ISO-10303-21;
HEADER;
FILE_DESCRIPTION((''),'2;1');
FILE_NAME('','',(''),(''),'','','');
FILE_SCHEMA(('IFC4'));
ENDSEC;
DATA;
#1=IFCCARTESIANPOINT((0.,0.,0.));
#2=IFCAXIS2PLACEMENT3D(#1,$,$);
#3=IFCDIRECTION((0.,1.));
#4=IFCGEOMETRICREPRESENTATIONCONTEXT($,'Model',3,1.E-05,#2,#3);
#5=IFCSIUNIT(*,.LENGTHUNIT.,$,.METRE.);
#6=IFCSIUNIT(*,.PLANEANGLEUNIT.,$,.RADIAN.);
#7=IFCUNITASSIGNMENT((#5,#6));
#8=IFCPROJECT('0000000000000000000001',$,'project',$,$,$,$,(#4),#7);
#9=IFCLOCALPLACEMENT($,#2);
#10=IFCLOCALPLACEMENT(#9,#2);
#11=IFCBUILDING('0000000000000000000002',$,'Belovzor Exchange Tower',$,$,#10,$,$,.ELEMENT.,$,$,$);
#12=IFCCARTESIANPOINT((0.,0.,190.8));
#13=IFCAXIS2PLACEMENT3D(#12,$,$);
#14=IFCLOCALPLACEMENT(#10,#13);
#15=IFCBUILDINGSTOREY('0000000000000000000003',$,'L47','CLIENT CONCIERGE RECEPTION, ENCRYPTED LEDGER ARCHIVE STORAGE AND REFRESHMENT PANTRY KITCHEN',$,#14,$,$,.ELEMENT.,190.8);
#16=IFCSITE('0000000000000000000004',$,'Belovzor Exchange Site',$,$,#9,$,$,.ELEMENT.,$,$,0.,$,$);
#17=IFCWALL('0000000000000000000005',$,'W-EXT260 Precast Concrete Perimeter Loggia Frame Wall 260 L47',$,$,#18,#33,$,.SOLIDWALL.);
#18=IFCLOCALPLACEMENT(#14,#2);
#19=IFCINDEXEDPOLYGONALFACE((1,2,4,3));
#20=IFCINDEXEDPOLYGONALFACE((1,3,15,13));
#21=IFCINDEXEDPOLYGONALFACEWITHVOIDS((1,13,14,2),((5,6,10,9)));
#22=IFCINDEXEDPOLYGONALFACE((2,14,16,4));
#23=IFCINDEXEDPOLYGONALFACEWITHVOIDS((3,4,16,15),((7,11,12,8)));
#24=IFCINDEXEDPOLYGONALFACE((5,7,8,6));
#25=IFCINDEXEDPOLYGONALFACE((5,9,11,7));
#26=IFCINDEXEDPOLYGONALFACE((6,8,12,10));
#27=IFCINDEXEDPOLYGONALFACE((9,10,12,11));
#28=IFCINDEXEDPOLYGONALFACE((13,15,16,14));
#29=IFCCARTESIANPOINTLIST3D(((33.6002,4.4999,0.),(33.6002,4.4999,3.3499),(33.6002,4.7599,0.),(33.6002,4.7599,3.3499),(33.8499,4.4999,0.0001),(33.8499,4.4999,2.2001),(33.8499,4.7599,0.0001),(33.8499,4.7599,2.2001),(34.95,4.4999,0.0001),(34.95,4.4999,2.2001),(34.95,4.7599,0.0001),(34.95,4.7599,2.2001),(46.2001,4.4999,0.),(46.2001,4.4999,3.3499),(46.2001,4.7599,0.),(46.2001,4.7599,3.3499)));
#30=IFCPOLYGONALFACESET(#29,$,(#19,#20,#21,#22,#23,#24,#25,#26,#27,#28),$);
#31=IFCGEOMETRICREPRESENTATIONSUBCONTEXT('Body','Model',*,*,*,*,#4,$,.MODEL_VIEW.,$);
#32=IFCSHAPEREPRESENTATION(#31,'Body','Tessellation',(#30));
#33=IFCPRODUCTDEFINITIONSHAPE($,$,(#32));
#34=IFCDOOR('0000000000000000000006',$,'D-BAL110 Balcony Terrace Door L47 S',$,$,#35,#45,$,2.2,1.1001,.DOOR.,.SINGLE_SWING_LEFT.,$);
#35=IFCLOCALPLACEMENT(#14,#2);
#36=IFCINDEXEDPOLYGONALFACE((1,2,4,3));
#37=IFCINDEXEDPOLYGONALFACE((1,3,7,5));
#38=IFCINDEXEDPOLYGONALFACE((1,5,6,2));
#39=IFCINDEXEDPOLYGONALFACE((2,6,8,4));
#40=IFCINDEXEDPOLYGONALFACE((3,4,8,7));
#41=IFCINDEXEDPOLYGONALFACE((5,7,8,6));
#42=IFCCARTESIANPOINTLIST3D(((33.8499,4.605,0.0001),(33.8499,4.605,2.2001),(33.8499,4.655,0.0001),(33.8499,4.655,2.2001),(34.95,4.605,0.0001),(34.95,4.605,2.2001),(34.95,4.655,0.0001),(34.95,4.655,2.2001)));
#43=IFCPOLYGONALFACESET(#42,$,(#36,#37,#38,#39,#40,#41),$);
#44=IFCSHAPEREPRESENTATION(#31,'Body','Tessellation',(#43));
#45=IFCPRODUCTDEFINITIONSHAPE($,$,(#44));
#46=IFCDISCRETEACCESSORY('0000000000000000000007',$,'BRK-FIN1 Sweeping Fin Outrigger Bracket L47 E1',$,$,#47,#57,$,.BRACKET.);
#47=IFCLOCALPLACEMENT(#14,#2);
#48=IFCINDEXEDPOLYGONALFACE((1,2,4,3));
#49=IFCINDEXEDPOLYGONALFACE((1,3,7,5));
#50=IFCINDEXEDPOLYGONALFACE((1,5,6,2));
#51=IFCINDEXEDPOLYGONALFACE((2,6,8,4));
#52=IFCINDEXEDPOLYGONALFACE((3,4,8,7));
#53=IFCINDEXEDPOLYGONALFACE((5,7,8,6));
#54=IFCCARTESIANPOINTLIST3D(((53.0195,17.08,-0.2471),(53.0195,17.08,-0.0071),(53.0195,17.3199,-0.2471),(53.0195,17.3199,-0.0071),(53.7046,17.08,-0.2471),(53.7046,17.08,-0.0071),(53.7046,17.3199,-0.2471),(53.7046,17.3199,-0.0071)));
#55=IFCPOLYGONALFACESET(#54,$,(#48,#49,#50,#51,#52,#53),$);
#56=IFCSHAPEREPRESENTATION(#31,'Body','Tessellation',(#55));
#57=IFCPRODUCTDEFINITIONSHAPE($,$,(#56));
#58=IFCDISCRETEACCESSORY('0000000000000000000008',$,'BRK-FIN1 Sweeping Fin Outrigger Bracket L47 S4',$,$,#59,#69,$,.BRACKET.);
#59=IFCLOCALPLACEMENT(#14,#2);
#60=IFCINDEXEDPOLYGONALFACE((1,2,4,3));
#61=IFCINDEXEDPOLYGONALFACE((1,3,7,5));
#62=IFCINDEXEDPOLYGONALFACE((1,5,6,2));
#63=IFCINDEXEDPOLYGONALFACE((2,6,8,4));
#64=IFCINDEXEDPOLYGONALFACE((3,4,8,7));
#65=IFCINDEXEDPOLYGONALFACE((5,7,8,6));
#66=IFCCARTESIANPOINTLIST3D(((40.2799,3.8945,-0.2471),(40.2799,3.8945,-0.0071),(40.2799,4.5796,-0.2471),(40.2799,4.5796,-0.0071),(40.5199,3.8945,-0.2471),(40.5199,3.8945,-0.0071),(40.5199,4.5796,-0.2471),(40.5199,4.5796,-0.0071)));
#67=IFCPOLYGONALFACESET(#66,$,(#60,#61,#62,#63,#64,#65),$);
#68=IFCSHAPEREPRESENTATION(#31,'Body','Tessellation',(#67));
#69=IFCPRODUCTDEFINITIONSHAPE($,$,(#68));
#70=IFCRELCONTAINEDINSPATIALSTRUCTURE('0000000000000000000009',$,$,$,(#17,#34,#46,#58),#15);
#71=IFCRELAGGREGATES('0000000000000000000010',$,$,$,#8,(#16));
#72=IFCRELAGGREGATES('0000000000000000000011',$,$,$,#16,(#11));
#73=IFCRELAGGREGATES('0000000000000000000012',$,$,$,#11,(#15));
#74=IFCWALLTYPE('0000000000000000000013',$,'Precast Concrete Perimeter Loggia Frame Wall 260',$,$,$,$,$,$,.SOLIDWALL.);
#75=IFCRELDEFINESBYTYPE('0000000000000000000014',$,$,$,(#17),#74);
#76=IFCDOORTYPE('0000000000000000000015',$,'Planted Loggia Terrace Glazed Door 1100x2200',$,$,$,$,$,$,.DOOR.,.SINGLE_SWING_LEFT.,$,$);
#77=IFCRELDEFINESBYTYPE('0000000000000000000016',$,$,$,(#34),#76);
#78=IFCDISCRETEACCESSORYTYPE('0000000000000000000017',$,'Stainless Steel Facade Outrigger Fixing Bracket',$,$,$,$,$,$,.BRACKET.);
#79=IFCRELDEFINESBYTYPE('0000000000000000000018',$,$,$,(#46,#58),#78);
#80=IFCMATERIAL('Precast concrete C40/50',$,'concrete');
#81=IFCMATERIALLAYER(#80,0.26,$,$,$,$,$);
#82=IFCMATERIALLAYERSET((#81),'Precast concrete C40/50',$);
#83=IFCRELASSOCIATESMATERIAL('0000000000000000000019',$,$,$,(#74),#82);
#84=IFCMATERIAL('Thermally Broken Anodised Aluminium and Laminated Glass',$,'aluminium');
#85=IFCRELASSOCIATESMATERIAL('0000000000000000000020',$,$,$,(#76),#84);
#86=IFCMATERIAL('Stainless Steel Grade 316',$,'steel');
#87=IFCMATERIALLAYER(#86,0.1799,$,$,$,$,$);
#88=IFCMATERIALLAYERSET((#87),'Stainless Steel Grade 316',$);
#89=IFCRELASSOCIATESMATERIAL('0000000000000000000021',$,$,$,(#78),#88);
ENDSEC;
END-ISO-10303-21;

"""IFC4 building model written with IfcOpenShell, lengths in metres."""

from ifc_helpers import new_model, si_unit, direction, frame, frame_2d, origin, origin_2d, place, context, subcontext, project, spatial, rectangle, extrude, material, layer, layer_set, type_object, element, fill, save


model = new_model("IFC4")

# Units and contexts
model_context = context("Model", 3, precision=1e-05, world=origin(), true_north=direction((0.0, 1.0)))
body_context = subcontext(model_context, "Body", "Model", "MODEL_VIEW")
ifc_project = project(units=[si_unit("LENGTHUNIT", "METRE"), si_unit("PLANEANGLEUNIT", "RADIAN")], contexts=[model_context])

# Site, building, storey
site_placement = place(None, origin())
site = spatial("IfcSite", under=ifc_project, at=site_placement, Name="Belovzor Exchange Site", CompositionType="ELEMENT", RefElevation=0.0)
building_placement = place(site_placement, origin())
building = spatial("IfcBuilding", under=site, at=building_placement, Name="Belovzor Exchange Tower", CompositionType="ELEMENT")
storey_placement = place(building_placement, frame((0.0, 0.0, 190.8)))
storey = spatial("IfcBuildingStorey", under=building, at=storey_placement, Name="L47", Description="CLIENT CONCIERGE RECEPTION, ENCRYPTED LEDGER ARCHIVE STORAGE AND REFRESHMENT PANTRY KITCHEN", CompositionType="ELEMENT", Elevation=190.8)

# Wall, opening, door
ifc_material_1 = material(Name="Precast concrete C40/50", Category="concrete")
ifc_layer_1 = layer(ifc_material_1, 0.26)
ifc_layer_set_1 = layer_set([ifc_layer_1], Name="Precast concrete C40/50")
wall_type_1 = type_object("IfcWallType", Name="Precast Concrete Perimeter Loggia Frame Wall 260", PredefinedType="SOLIDWALL", material=ifc_layer_set_1)
wall_1_placement = place(storey_placement, frame((46.2, 4.6299, 0.0), z_axis=(0.0, 0.0, 1.0), x_axis=(-1.0, 0.0, 0.0)))
wall_1 = element("IfcWall", 1, at=wall_1_placement, inside=storey, type_object=wall_type_1, Name="W-EXT260 Precast Concrete Perimeter Loggia Frame Wall 260 L47", PredefinedType="SOLIDWALL", context=body_context, shape_type="SweptSolid", body=[
    extrude(rectangle(XDim=12.5999, YDim=0.26, at=frame_2d((6.2998, 0.0))), origin(), (0.0, 0.0, 1.0), 3.3499),
])
opening_1_placement = place(wall_1_placement, frame((11.25, 0.0, 0.0)))
opening_1 = element("IfcOpeningElement", 2, at=opening_1_placement, cuts=wall_1, PredefinedType="OPENING", context=body_context, shape_type="SweptSolid", body=[
    extrude(rectangle(XDim=1.1001, YDim=2.2, at=frame_2d((0.55, 1.1001))), frame((0.0, 0.1399, 0.0), z_axis=(0.0, -1.0, 0.0), x_axis=(1.0, 0.0, 0.0)), (0.0, 0.0, 1.0), 0.28),
])
ifc_material_2 = material(Name="Thermally Broken Anodised Aluminium and Laminated Glass", Category="aluminium")
door_type = type_object("IfcDoorType", Name="Planted Loggia Terrace Glazed Door 1100x2200", OperationType="SINGLE_SWING_LEFT", PredefinedType="DOOR", material=ifc_material_2)
door_placement = place(opening_1_placement, origin())
door = element("IfcDoor", 3, at=door_placement, inside=storey, type_object=door_type, Name="D-BAL110 Balcony Terrace Door L47 S", OperationType="SINGLE_SWING_LEFT", OverallHeight=2.2, OverallWidth=1.1001, PredefinedType="DOOR", context=body_context, shape_type="SweptSolid", body=[
    extrude(rectangle(XDim=1.1001, YDim=2.2, at=frame_2d((0.55, 1.1001))), frame((0.0, 0.0249, 0.0), z_axis=(0.0, -1.0, 0.0), x_axis=(1.0, 0.0, 0.0)), (0.0, 0.0, 1.0), 0.05),
])
fill(opening_1, door)

# Discrete accessories
ifc_material_3 = material(Name="Stainless Steel Grade 316", Category="steel")
ifc_layer_2 = layer(ifc_material_3, 0.1799)
ifc_layer_set_2 = layer_set([ifc_layer_2], Name="Stainless Steel Grade 316")
discrete_accessory_type = type_object("IfcDiscreteAccessoryType", Name="Stainless Steel Facade Outrigger Fixing Bracket", PredefinedType="BRACKET", material=ifc_layer_set_2)
for number, where, z_axis, x_axis, name in (
    (4, (53.3621, 17.2, -0.2471), (0.0, 0.0, 1.0), (1.0, 0.0, 0.0), "BRK-FIN1 Sweeping Fin Outrigger Bracket L47 E1"),
    (5, (40.3999, 4.2371, -0.2471), (0.0, 0.0, 1.0), (0.0, 1.0, 0.0), "BRK-FIN1 Sweeping Fin Outrigger Bracket L47 S4"),
):
    element("IfcDiscreteAccessory", number, at=place(storey_placement, frame(where, z_axis=z_axis, x_axis=x_axis)), inside=storey, type_object=discrete_accessory_type, Name=name, PredefinedType="BRACKET", context=body_context, shape_type="SweptSolid", body=[
        extrude(rectangle(XDim=0.6851, YDim=0.24, at=origin_2d()), origin(), (0.0, 0.0, 1.0), 0.24),
    ])

save(model, "model.ifc")
